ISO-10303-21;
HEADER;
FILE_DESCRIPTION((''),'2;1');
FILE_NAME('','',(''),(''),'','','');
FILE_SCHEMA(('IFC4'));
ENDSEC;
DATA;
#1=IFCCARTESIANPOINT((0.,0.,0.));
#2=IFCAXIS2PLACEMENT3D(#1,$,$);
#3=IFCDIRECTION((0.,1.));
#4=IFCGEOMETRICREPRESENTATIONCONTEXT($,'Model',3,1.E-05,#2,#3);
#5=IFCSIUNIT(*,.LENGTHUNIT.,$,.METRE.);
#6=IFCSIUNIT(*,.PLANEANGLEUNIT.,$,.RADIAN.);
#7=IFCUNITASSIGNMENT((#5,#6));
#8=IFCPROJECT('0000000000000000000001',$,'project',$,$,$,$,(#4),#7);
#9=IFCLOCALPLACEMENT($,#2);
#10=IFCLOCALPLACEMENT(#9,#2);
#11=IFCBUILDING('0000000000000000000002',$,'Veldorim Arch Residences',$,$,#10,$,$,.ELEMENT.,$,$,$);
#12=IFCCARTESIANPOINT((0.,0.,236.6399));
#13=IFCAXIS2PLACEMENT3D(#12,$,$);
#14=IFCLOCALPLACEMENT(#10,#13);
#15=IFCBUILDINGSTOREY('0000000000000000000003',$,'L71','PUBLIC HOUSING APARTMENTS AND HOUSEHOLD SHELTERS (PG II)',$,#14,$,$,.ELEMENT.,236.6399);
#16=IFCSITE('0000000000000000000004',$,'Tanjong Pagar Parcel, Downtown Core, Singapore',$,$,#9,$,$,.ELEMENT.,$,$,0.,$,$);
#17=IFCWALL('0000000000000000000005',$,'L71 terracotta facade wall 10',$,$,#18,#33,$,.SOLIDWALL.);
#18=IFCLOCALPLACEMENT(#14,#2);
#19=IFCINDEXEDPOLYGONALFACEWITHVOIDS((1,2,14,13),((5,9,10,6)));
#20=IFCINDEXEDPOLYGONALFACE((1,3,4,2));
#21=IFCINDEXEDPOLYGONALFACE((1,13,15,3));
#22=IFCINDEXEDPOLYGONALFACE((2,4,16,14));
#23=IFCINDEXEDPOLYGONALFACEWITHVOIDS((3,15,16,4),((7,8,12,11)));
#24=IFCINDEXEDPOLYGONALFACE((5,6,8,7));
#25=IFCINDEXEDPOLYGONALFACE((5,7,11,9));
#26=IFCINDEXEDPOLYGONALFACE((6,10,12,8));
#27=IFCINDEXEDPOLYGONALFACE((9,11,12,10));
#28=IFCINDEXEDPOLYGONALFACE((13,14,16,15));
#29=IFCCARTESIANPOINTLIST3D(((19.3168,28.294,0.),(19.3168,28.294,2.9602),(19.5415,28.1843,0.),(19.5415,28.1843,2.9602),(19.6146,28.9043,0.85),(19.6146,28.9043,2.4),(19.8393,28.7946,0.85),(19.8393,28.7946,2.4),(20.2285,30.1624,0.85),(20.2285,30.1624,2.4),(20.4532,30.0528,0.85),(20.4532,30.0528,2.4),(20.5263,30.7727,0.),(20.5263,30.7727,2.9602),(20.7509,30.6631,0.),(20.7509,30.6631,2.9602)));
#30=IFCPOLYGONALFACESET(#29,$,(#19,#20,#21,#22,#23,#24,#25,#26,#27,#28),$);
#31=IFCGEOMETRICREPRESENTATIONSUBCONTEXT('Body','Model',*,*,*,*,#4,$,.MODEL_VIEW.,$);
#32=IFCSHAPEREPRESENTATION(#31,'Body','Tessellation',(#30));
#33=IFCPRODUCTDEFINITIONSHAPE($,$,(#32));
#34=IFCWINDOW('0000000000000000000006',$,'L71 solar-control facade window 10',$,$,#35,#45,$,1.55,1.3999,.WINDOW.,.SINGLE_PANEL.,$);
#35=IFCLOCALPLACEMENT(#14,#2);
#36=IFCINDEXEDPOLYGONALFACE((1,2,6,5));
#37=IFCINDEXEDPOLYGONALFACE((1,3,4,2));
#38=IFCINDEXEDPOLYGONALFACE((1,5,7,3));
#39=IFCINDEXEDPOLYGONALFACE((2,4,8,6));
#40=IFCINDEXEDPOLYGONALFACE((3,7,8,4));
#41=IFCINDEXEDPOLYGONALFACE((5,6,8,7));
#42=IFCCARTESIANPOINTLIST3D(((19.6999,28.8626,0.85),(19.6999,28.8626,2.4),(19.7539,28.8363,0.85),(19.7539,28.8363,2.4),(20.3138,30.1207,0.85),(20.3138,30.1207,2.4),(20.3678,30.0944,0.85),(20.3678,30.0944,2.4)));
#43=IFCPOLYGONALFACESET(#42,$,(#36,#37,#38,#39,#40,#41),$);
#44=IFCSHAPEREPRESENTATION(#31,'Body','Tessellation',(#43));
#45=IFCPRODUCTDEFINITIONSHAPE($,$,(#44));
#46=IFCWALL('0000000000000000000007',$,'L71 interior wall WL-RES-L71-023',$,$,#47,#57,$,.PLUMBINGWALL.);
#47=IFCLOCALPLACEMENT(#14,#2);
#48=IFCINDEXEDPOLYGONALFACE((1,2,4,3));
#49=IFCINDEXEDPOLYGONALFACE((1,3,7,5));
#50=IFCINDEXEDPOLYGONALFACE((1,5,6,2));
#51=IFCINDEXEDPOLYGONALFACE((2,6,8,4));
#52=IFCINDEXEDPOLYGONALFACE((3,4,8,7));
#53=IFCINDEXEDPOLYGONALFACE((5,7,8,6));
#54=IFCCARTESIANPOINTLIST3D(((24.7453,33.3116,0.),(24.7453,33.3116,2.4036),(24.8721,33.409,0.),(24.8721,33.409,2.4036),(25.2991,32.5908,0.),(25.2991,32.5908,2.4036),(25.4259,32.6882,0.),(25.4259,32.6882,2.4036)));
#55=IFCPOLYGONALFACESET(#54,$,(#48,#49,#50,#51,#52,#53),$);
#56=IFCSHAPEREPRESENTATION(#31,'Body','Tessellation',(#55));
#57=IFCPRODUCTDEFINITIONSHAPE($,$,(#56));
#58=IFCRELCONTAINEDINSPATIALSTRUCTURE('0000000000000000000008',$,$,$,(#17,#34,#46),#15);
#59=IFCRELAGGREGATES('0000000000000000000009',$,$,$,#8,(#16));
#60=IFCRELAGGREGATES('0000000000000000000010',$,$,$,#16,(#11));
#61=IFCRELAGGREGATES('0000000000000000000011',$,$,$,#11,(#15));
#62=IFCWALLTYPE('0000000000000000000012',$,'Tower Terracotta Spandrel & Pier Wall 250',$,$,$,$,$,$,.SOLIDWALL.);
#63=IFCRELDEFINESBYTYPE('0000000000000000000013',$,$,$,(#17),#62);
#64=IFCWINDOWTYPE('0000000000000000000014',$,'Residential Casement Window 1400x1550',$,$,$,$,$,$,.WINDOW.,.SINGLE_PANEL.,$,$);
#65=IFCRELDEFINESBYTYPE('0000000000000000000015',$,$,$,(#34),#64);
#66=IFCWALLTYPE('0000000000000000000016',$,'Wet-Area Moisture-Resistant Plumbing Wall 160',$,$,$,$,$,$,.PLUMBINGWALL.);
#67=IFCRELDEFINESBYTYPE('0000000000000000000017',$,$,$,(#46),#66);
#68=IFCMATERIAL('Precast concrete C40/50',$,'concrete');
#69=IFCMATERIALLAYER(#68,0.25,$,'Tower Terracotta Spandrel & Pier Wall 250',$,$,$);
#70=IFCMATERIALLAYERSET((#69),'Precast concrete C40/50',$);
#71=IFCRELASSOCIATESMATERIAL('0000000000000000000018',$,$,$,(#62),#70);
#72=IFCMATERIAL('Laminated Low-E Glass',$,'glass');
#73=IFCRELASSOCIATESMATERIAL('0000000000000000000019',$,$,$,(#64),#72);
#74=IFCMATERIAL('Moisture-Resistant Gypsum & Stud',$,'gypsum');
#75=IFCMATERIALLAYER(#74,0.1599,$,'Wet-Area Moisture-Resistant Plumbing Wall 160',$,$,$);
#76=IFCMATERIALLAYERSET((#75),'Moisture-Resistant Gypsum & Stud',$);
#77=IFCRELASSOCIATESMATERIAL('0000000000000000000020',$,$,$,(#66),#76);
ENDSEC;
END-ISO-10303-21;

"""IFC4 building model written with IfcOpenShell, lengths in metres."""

from ifc_helpers import new_model, si_unit, direction, frame, frame_2d, origin, place, context, subcontext, project, spatial, rectangle, extrude, material, layer, layer_set, type_object, element, fill, save


model = new_model("IFC4")

# Units and contexts
model_context = context("Model", 3, precision=1e-05, world=origin(), true_north=direction((0.0, 1.0)))
body_context = subcontext(model_context, "Body", "Model", "MODEL_VIEW")
ifc_project = project(units=[si_unit("LENGTHUNIT", "METRE"), si_unit("PLANEANGLEUNIT", "RADIAN")], contexts=[model_context])

# Site, building, storey
site_placement = place(None, origin())
site = spatial("IfcSite", under=ifc_project, at=site_placement, Name="Tanjong Pagar Parcel, Downtown Core, Singapore", CompositionType="ELEMENT", RefElevation=0.0)
building_placement = place(site_placement, origin())
building = spatial("IfcBuilding", under=site, at=building_placement, Name="Veldorim Arch Residences", CompositionType="ELEMENT")
storey_placement = place(building_placement, frame((0.0, 0.0, 236.6399)))
storey = spatial("IfcBuildingStorey", under=building, at=storey_placement, Name="L71", Description="PUBLIC HOUSING APARTMENTS AND HOUSEHOLD SHELTERS (PG II)", CompositionType="ELEMENT", Elevation=236.6399)

# Shared definitions
ifc_material_1 = material(Name="Precast concrete C40/50", Category="concrete")
ifc_layer_1 = layer(ifc_material_1, 0.25, Name="Tower Terracotta Spandrel & Pier Wall 250")
ifc_layer_set_1 = layer_set([ifc_layer_1], Name="Precast concrete C40/50")
wall_type_1 = type_object("IfcWallType", Name="Tower Terracotta Spandrel & Pier Wall 250", PredefinedType="SOLIDWALL", material=ifc_layer_set_1)

# Wall, opening, window
wall_1_placement = place(storey_placement, frame((19.4292, 28.2393, 0.0), z_axis=(0.0, 0.0, 1.0), x_axis=(0.438518, 0.898723, 0.0)))
wall_1 = element("IfcWall", 1, at=wall_1_placement, inside=storey, type_object=wall_type_1, Name="L71 terracotta facade wall 10", PredefinedType="SOLIDWALL", context=body_context, shape_type="SweptSolid", body=[
    extrude(rectangle(XDim=2.7581, YDim=0.25, at=frame_2d((1.3789, 0.0))), origin(), (0.0, 0.0, 1.0), 2.9602),
])
opening_1_placement = place(wall_1_placement, frame((0.679, 0.0, 0.8501)))
opening_1 = element("IfcOpeningElement", 2, at=opening_1_placement, cuts=wall_1, PredefinedType="OPENING", context=body_context, shape_type="SweptSolid", body=[
    extrude(rectangle(XDim=1.3999, YDim=1.55, at=frame_2d((0.7, 0.7749))), frame((0.0, 0.135, 0.0), z_axis=(0.0, -1.0, 0.0), x_axis=(1.0, 0.0, 0.0)), (0.0, 0.0, 1.0), 0.27),
])
ifc_material_2 = material(Name="Laminated Low-E Glass", Category="glass")
window_type_1 = type_object("IfcWindowType", Name="Residential Casement Window 1400x1550", PartitioningType="SINGLE_PANEL", PredefinedType="WINDOW", material=ifc_material_2)
window_1_placement = place(opening_1_placement, origin())
window_1 = element("IfcWindow", 3, at=window_1_placement, inside=storey, type_object=window_type_1, Name="L71 solar-control facade window 10", OverallHeight=1.55, OverallWidth=1.3999, PartitioningType="SINGLE_PANEL", PredefinedType="WINDOW", context=body_context, shape_type="SweptSolid", body=[
    extrude(rectangle(XDim=1.3999, YDim=1.55, at=frame_2d((0.7, 0.7749))), frame((0.0, 0.03, 0.0), z_axis=(0.0, -1.0, 0.0), x_axis=(1.0, 0.0, 0.0)), (0.0, 0.0, 1.0), 0.0601),
])
fill(opening_1, window_1)

# Wall
ifc_material_3 = material(Name="Moisture-Resistant Gypsum & Stud", Category="gypsum")
ifc_layer_2 = layer(ifc_material_3, 0.1599, Name="Wet-Area Moisture-Resistant Plumbing Wall 160")
ifc_layer_set_2 = layer_set([ifc_layer_2], Name="Moisture-Resistant Gypsum & Stud")
wall_type_2 = type_object("IfcWallType", Name="Wet-Area Moisture-Resistant Plumbing Wall 160", PredefinedType="PLUMBINGWALL", material=ifc_layer_set_2)
wall_2_placement = place(storey_placement, frame((25.3625, 32.6394, 0.0), z_axis=(0.0, 0.0, 1.0), x_axis=(-0.609243, 0.792983, 0.0)))
element("IfcWall", 4, at=wall_2_placement, inside=storey, type_object=wall_type_2, Name="L71 interior wall WL-RES-L71-023", PredefinedType="PLUMBINGWALL", context=body_context, shape_type="SweptSolid", body=[
    extrude(rectangle(XDim=0.9089, YDim=0.1599, at=frame_2d((0.4546, 0.0))), origin(), (0.0, 0.0, 1.0), 2.4036),
])

save(model, "model.ifc")
